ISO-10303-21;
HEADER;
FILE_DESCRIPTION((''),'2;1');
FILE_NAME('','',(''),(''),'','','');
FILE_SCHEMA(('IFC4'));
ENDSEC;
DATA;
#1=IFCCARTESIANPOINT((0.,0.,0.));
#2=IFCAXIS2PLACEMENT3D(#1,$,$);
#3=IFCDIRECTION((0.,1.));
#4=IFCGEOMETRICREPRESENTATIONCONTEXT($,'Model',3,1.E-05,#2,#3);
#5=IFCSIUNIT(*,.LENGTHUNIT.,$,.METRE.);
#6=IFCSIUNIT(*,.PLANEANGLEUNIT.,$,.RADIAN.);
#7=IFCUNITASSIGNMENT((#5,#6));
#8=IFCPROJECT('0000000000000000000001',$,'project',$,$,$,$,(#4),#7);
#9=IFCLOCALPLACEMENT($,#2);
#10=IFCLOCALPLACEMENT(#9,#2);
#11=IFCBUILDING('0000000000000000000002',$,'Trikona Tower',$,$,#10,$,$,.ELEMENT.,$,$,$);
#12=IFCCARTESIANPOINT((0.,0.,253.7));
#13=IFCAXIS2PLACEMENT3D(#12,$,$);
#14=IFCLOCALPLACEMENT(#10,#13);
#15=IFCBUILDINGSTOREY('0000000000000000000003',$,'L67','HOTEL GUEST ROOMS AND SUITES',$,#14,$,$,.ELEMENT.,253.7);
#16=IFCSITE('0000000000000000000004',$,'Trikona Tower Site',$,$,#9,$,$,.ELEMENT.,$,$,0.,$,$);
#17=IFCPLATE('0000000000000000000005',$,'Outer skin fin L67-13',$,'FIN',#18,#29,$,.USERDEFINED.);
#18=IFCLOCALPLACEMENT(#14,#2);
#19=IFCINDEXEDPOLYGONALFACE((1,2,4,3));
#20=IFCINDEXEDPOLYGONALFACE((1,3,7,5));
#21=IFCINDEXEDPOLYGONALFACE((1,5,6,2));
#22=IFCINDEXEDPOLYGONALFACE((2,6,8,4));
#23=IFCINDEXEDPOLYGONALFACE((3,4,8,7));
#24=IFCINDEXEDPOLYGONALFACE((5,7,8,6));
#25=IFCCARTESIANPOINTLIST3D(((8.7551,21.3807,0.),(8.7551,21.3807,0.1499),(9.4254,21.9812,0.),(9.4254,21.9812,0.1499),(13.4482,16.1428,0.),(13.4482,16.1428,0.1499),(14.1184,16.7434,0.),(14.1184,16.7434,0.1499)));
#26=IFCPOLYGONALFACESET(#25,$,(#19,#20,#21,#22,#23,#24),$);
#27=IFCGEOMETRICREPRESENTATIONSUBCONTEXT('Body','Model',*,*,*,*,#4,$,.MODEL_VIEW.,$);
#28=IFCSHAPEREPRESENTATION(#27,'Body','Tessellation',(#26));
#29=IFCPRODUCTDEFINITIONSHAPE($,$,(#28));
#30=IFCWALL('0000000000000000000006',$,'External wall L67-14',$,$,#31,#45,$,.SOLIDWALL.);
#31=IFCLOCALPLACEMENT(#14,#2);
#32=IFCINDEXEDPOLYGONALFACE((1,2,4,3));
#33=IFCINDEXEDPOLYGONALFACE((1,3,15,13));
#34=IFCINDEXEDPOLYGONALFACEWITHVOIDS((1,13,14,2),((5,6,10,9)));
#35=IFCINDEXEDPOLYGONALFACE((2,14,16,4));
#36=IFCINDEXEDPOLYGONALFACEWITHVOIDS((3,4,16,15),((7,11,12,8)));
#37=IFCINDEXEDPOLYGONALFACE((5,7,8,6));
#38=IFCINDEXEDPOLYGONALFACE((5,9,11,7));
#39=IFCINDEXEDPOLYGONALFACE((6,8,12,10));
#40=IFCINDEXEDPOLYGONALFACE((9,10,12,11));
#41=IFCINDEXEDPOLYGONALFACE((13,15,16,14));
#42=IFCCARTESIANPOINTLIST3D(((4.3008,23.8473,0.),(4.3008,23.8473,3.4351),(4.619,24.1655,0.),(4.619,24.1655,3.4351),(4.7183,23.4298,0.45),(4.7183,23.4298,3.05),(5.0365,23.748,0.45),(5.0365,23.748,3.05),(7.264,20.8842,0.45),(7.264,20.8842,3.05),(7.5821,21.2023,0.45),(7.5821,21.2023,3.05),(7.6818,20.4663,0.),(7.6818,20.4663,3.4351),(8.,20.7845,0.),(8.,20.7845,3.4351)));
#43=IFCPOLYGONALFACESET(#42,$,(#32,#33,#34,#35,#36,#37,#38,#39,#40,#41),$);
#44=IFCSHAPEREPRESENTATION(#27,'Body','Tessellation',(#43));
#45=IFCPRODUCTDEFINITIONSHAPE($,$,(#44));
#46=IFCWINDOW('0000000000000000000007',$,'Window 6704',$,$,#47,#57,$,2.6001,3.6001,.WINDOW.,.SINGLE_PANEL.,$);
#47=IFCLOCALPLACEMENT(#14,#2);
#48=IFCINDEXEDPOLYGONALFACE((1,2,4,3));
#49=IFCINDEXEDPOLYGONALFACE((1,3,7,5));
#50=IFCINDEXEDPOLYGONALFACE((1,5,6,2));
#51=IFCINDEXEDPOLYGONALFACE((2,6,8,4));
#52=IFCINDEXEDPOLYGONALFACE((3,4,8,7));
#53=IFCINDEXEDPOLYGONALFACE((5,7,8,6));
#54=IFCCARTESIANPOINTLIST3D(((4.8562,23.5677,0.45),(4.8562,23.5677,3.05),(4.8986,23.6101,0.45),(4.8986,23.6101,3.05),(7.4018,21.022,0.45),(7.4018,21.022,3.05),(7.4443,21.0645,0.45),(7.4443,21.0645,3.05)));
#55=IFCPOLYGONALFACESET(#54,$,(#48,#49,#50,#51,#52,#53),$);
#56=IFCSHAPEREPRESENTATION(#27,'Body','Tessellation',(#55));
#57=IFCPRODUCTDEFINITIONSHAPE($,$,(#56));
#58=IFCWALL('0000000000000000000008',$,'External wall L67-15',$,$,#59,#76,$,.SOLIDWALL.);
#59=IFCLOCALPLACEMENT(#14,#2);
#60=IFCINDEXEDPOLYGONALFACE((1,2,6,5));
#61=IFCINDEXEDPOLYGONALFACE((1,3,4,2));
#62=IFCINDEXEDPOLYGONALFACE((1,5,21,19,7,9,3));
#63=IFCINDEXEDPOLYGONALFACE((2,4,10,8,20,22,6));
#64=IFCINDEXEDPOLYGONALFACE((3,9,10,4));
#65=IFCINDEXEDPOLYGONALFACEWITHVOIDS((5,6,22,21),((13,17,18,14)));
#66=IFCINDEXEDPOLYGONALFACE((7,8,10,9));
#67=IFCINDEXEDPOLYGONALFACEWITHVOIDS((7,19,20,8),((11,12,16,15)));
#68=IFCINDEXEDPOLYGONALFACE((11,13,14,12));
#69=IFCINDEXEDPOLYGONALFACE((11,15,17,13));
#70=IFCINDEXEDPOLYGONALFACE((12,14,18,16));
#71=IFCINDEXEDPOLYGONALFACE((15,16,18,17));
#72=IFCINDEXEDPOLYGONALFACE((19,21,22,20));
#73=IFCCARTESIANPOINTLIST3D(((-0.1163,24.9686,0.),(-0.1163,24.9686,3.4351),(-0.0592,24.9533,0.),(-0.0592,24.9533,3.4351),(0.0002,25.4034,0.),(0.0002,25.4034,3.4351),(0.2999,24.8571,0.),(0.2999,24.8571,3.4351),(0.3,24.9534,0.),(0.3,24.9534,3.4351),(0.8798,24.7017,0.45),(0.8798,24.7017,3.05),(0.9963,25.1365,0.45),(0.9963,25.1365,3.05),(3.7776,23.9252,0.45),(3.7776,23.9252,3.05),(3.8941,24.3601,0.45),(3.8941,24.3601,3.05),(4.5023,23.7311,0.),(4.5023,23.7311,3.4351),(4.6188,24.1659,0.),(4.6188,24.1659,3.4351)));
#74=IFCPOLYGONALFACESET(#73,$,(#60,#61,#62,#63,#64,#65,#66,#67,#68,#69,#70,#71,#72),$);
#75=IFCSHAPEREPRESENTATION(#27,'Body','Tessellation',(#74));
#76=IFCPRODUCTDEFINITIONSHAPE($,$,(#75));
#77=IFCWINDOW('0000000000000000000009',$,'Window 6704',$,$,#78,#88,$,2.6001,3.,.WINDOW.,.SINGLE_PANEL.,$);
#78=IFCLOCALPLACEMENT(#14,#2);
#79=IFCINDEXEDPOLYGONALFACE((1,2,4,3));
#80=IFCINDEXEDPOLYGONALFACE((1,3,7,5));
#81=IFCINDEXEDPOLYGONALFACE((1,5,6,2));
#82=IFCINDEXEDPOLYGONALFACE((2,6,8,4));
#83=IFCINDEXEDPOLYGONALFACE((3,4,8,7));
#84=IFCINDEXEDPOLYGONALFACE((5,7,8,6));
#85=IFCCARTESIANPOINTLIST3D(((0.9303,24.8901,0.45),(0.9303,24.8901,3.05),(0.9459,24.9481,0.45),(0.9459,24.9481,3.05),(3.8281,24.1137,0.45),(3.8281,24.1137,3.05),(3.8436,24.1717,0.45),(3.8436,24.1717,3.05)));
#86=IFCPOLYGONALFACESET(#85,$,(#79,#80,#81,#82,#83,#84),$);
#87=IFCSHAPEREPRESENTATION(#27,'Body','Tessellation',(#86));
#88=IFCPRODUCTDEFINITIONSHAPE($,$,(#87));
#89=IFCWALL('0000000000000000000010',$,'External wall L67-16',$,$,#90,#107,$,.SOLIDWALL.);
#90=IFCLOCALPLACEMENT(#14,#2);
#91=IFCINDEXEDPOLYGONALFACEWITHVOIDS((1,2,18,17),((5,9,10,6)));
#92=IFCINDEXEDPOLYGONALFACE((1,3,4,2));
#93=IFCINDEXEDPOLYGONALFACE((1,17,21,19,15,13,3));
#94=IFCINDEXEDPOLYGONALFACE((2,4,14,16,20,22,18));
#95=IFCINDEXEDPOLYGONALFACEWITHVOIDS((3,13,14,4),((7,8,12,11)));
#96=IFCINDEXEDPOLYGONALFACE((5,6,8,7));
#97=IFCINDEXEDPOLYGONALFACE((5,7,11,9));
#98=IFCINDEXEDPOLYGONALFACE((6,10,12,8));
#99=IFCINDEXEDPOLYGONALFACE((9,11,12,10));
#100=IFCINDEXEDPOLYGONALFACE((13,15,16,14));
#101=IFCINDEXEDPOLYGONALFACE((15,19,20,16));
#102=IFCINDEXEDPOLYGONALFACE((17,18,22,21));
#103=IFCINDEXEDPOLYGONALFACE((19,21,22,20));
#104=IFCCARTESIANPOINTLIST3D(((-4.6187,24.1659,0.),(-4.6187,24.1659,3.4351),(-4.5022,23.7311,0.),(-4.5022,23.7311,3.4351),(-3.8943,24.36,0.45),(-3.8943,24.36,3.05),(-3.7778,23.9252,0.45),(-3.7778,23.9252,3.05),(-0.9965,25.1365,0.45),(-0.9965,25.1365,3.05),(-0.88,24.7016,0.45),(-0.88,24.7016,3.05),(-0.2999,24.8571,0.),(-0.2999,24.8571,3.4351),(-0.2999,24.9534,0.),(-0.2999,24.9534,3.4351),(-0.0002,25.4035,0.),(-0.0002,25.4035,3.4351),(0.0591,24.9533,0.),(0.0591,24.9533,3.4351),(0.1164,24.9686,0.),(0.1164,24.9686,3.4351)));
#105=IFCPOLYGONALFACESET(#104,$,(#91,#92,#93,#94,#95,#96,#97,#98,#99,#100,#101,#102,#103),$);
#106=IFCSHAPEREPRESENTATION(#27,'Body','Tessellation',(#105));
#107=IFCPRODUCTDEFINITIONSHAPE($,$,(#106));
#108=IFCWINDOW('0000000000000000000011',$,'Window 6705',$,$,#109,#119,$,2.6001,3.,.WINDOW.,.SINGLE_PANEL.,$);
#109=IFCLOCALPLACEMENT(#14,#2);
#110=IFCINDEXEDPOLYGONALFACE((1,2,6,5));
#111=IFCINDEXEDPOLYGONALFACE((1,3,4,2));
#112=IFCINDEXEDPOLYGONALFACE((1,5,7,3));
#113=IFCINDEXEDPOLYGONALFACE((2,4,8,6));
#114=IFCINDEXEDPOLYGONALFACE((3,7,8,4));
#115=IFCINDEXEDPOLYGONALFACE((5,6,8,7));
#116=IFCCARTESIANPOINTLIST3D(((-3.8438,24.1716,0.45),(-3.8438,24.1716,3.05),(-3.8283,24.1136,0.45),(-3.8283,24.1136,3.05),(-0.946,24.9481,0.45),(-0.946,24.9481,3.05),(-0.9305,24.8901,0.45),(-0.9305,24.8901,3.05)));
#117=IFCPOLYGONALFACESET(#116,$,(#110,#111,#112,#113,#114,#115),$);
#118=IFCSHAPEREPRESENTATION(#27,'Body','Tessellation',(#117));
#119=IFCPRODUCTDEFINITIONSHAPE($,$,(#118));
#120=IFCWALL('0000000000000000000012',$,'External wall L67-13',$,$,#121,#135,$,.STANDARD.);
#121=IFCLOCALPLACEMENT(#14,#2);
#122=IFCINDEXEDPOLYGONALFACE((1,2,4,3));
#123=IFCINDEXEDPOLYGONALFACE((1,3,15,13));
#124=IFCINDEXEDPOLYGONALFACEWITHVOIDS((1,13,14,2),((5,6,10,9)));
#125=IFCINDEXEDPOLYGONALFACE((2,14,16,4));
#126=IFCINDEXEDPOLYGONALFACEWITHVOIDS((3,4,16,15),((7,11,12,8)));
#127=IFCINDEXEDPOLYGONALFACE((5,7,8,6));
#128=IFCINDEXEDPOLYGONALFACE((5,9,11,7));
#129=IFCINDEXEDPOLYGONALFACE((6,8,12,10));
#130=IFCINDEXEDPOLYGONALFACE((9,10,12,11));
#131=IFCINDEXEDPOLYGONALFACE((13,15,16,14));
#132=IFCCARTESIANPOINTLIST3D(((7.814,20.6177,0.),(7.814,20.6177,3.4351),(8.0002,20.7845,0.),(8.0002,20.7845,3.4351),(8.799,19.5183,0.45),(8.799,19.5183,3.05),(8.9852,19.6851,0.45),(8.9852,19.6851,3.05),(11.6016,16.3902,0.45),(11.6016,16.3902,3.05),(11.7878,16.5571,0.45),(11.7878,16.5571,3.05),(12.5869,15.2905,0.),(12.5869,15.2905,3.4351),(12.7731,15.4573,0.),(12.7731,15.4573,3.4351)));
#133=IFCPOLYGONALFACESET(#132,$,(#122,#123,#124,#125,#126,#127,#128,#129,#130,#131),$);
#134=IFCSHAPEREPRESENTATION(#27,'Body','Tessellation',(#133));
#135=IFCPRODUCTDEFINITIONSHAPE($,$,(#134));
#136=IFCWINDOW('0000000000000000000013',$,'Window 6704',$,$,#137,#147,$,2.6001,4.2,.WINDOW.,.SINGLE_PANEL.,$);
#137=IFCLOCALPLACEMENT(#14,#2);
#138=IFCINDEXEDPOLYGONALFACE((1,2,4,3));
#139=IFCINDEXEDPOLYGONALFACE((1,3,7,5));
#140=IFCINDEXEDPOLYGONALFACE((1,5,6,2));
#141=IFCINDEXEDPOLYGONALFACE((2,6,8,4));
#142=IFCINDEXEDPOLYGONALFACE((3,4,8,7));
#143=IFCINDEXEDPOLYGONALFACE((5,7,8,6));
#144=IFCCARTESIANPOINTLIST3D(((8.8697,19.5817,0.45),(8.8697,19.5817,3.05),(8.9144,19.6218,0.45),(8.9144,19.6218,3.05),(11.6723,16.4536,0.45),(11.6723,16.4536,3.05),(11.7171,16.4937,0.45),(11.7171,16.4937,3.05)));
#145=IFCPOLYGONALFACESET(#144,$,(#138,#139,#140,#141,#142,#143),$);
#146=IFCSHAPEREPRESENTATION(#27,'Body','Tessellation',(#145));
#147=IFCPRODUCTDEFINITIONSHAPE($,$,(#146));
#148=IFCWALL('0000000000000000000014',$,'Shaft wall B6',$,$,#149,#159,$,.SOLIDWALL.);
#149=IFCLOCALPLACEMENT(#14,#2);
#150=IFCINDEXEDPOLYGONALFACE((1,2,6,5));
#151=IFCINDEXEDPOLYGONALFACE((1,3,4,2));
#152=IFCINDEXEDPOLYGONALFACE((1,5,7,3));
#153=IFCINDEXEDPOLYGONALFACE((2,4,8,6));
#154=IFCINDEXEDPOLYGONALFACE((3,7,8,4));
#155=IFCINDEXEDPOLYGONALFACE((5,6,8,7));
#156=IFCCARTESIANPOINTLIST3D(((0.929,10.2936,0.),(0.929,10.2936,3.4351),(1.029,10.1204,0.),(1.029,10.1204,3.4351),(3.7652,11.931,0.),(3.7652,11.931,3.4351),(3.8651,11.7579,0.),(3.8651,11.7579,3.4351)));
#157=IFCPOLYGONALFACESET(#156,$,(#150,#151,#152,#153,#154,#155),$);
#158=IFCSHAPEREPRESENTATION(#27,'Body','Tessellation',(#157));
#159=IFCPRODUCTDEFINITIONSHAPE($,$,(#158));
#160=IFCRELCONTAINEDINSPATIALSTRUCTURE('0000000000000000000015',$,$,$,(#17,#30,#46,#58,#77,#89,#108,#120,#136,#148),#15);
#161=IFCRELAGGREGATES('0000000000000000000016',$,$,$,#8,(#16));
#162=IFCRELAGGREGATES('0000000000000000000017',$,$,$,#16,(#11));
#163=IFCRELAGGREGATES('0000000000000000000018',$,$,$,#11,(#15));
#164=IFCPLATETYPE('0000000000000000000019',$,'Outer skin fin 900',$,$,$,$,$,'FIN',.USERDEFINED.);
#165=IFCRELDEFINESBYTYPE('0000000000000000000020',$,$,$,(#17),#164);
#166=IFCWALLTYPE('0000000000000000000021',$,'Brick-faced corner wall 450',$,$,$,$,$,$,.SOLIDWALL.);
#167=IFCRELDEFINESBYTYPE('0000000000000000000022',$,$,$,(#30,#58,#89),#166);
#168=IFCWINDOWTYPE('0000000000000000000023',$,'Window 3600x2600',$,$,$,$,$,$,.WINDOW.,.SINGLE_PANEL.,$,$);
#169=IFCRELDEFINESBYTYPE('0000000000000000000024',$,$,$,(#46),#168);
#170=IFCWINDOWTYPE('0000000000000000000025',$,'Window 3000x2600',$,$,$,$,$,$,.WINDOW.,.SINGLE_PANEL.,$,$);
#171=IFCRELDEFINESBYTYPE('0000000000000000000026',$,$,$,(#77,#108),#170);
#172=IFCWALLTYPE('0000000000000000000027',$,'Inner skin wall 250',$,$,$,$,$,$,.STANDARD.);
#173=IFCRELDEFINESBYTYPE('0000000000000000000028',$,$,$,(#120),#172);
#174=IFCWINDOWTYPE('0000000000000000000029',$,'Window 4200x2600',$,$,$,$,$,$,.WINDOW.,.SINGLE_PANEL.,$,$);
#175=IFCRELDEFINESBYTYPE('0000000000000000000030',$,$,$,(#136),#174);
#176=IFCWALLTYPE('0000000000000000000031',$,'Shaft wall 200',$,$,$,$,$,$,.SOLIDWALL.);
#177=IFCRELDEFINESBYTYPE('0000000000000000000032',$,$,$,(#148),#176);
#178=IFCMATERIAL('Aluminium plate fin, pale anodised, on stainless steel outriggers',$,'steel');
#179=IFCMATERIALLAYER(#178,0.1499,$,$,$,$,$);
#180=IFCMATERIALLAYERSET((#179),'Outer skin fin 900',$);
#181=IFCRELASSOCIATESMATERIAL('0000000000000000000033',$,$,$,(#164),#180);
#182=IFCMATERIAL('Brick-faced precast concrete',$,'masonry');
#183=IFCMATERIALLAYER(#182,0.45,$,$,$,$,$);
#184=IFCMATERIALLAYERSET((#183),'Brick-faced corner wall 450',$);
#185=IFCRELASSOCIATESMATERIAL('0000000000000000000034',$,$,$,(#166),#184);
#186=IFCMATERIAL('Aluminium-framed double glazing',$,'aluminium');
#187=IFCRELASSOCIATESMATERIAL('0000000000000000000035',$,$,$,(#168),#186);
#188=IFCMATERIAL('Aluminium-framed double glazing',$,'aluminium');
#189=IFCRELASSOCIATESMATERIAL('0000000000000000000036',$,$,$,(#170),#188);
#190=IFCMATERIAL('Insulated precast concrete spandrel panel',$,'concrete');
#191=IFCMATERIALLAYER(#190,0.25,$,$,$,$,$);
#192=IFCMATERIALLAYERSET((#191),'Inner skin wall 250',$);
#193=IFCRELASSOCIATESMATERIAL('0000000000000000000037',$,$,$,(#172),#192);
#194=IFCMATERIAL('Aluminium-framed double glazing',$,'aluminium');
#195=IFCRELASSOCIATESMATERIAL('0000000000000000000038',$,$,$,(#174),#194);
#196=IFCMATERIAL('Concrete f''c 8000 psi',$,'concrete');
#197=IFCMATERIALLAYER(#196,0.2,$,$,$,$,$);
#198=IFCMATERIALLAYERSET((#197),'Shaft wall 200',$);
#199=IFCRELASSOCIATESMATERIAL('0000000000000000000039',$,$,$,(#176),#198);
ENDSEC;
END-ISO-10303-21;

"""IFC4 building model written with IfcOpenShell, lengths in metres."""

from ifc_helpers import new_model, si_unit, direction, frame, frame_2d, origin, origin_2d, place, context, subcontext, project, spatial, polyline, rectangle, outline, extrude, material, layer, layer_set, type_object, element, fill, save


model = new_model("IFC4")

# Units and contexts
model_context = context("Model", 3, precision=1e-05, world=origin(), true_north=direction((0.0, 1.0)))
body_context = subcontext(model_context, "Body", "Model", "MODEL_VIEW")
ifc_project = project(units=[si_unit("LENGTHUNIT", "METRE"), si_unit("PLANEANGLEUNIT", "RADIAN")], contexts=[model_context])

# Site, building, storey
site_placement = place(None, origin())
site = spatial("IfcSite", under=ifc_project, at=site_placement, Name="Trikona Tower Site", CompositionType="ELEMENT", RefElevation=0.0)
building_placement = place(site_placement, origin())
building = spatial("IfcBuilding", under=site, at=building_placement, Name="Trikona Tower", CompositionType="ELEMENT")
storey_placement = place(building_placement, frame((0.0, 0.0, 253.7)))
storey = spatial("IfcBuildingStorey", under=building, at=storey_placement, Name="L67", Description="HOTEL GUEST ROOMS AND SUITES", CompositionType="ELEMENT", Elevation=253.7)

# Plate
ifc_material_1 = material(Name="Aluminium plate fin, pale anodised, on stainless steel outriggers", Category="steel")
ifc_layer_1 = layer(ifc_material_1, 0.1499)
ifc_layer_set_1 = layer_set([ifc_layer_1], Name="Outer skin fin 900")
plate_type_1 = type_object("IfcPlateType", Name="Outer skin fin 900", ElementType="FIN", PredefinedType="USERDEFINED", material=ifc_layer_set_1)
plate_1_placement = place(storey_placement, frame((11.4368, 19.062, 0.0), z_axis=(0.0, 0.0, 1.0), x_axis=(-0.667311, 0.744779, 0.0)))
element("IfcPlate", 1, at=plate_1_placement, inside=storey, type_object=plate_type_1, Name="Outer skin fin L67-13", ObjectType="FIN", PredefinedType="USERDEFINED", context=body_context, shape_type="SweptSolid", body=[
    extrude(rectangle(XDim=7.0327, YDim=0.8999, at=origin_2d()), origin(), (0.0, 0.0, 1.0), 0.1499),
])

# Walls, openings, windows
ifc_material_2 = material(Name="Brick-faced precast concrete", Category="masonry")
ifc_layer_2 = layer(ifc_material_2, 0.45)
ifc_layer_set_2 = layer_set([ifc_layer_2], Name="Brick-faced corner wall 450")
wall_type_1 = type_object("IfcWallType", Name="Brick-faced corner wall 450", PredefinedType="SOLIDWALL", material=ifc_layer_set_2)
wall_1_placement = place(storey_placement, frame((7.8408, 20.6255, 0.0), z_axis=(0.0, 0.0, 1.0), x_axis=(-0.707107, 0.707107, 0.0)))
wall_1 = element("IfcWall", 2, at=wall_1_placement, inside=storey, type_object=wall_type_1, Name="External wall L67-14", PredefinedType="SOLIDWALL", context=body_context, shape_type="SweptSolid", body=[
    extrude(rectangle(XDim=4.7815, YDim=0.45, at=frame_2d((2.3906, 0.0))), origin(), (0.0, 0.0, 1.0), 3.4351),
])
opening_1_placement = place(wall_1_placement, frame((0.5908, 0.0, 0.45)))
opening_1 = element("IfcOpeningElement", 3, at=opening_1_placement, cuts=wall_1, PredefinedType="OPENING", context=body_context, shape_type="SweptSolid", body=[
    extrude(rectangle(XDim=3.6001, YDim=2.6001, at=frame_2d((1.8, 1.3))), frame((0.0, 0.2349, 0.0), z_axis=(0.0, -1.0, 0.0), x_axis=(1.0, 0.0, 0.0)), (0.0, 0.0, 1.0), 0.47),
])
ifc_material_3 = material(Name="Aluminium-framed double glazing", Category="aluminium")
window_type_1 = type_object("IfcWindowType", Name="Window 3600x2600", PartitioningType="SINGLE_PANEL", PredefinedType="WINDOW", material=ifc_material_3)
window_1_placement = place(opening_1_placement, origin())
window_1 = element("IfcWindow", 4, at=window_1_placement, inside=storey, type_object=window_type_1, Name="Window 6704", OverallHeight=2.6001, OverallWidth=3.6001, PartitioningType="SINGLE_PANEL", PredefinedType="WINDOW", context=body_context, shape_type="SweptSolid", body=[
    extrude(rectangle(XDim=3.6001, YDim=2.6001, at=frame_2d((1.8, 1.3))), frame((0.0, 0.03, 0.0), z_axis=(0.0, -1.0, 0.0), x_axis=(1.0, 0.0, 0.0)), (0.0, 0.0, 1.0), 0.0601),
])
fill(opening_1, window_1)
wall_2_placement = place(storey_placement, frame((4.5605, 23.9485, 0.0), z_axis=(0.0, 0.0, 1.0), x_axis=(-0.965927, 0.258816, 0.0)))
wall_2 = element("IfcWall", 5, at=wall_2_placement, inside=storey, type_object=wall_type_1, Name="External wall L67-15", PredefinedType="SOLIDWALL", context=body_context, shape_type="SweptSolid", body=[
    extrude(outline(polyline([(4.7815, 0.2251), (4.7224, 0.2251), (4.3755, 0.1321), (4.3506, 0.2251), (0.0, 0.2251), (0.0, -0.2251), (4.7815, -0.2251), (4.7815, 0.2251)])), origin(), (0.0, 0.0, 1.0), 3.4351),
])
opening_2_placement = place(wall_2_placement, frame((0.7502, 0.0, 0.45)))
opening_2 = element("IfcOpeningElement", 6, at=opening_2_placement, cuts=wall_2, PredefinedType="OPENING", context=body_context, shape_type="SweptSolid", body=[
    extrude(rectangle(XDim=3.0, YDim=2.6001, at=frame_2d((1.5, 1.3))), frame((0.0, 0.2349, 0.0), z_axis=(0.0, -1.0, 0.0), x_axis=(1.0, 0.0, 0.0)), (0.0, 0.0, 1.0), 0.47),
])
ifc_material_4 = material(Name="Aluminium-framed double glazing", Category="aluminium")
window_type_2 = type_object("IfcWindowType", Name="Window 3000x2600", PartitioningType="SINGLE_PANEL", PredefinedType="WINDOW", material=ifc_material_4)
window_2_placement = place(opening_2_placement, origin())
window_2 = element("IfcWindow", 7, at=window_2_placement, inside=storey, type_object=window_type_2, Name="Window 6704", OverallHeight=2.6001, OverallWidth=3.0, PartitioningType="SINGLE_PANEL", PredefinedType="WINDOW", context=body_context, shape_type="SweptSolid", body=[
    extrude(rectangle(XDim=3.0, YDim=2.6001, at=frame_2d((1.5, 1.3))), frame((0.0, 0.03, 0.0), z_axis=(0.0, -1.0, 0.0), x_axis=(1.0, 0.0, 0.0)), (0.0, 0.0, 1.0), 0.0601),
])
fill(opening_2, window_2)
wall_3_placement = place(storey_placement, frame((0.0581, 25.186, 0.0), z_axis=(0.0, 0.0, 1.0), x_axis=(-0.965927, -0.258816, 0.0)))
wall_3 = element("IfcWall", 8, at=wall_3_placement, inside=storey, type_object=wall_type_1, Name="External wall L67-16", PredefinedType="SOLIDWALL", context=body_context, shape_type="SweptSolid", body=[
    extrude(outline(polyline([(4.7815, 0.2251), (0.4309, 0.2251), (0.406, 0.1321), (0.0593, 0.2251), (0.0, 0.2251), (0.0, -0.2251), (4.7815, -0.2251), (4.7815, 0.2251)])), origin(), (0.0, 0.0, 1.0), 3.4351),
])
opening_3_placement = place(wall_3_placement, frame((1.0315, 0.0, 0.45)))
opening_3 = element("IfcOpeningElement", 9, at=opening_3_placement, cuts=wall_3, PredefinedType="OPENING", context=body_context, shape_type="SweptSolid", body=[
    extrude(rectangle(XDim=3.0, YDim=2.6001, at=frame_2d((1.5, 1.3))), frame((0.0, 0.2349, 0.0), z_axis=(0.0, -1.0, 0.0), x_axis=(1.0, 0.0, 0.0)), (0.0, 0.0, 1.0), 0.47),
])
window_3_placement = place(opening_3_placement, origin())
window_3 = element("IfcWindow", 10, at=window_3_placement, inside=storey, type_object=window_type_2, Name="Window 6705", OverallHeight=2.6001, OverallWidth=3.0, PartitioningType="SINGLE_PANEL", PredefinedType="WINDOW", context=body_context, shape_type="SweptSolid", body=[
    extrude(rectangle(XDim=3.0, YDim=2.6001, at=frame_2d((1.5, 1.3))), frame((0.0, 0.03, 0.0), z_axis=(0.0, -1.0, 0.0), x_axis=(1.0, 0.0, 0.0)), (0.0, 0.0, 1.0), 0.0601),
])
fill(opening_3, window_3)
ifc_material_5 = material(Name="Insulated precast concrete spandrel panel", Category="concrete")
ifc_layer_3 = layer(ifc_material_5, 0.25)
ifc_layer_set_3 = layer_set([ifc_layer_3], Name="Inner skin wall 250")
wall_type_2 = type_object("IfcWallType", Name="Inner skin wall 250", PredefinedType="STANDARD", material=ifc_layer_set_3)
wall_4_placement = place(storey_placement, frame((12.6799, 15.374, 0.0), z_axis=(0.0, 0.0, 1.0), x_axis=(-0.667304, 0.744786, 0.0)))
wall_4 = element("IfcWall", 11, at=wall_4_placement, inside=storey, type_object=wall_type_2, Name="External wall L67-13", PredefinedType="STANDARD", context=body_context, shape_type="SweptSolid", body=[
    extrude(rectangle(XDim=7.1526, YDim=0.25, at=frame_2d((3.5762, 0.0))), origin(), (0.0, 0.0, 1.0), 3.4351),
])
opening_4_placement = place(wall_4_placement, frame((1.4763, 0.0, 0.45)))
opening_4 = element("IfcOpeningElement", 12, at=opening_4_placement, cuts=wall_4, PredefinedType="OPENING", context=body_context, shape_type="SweptSolid", body=[
    extrude(rectangle(XDim=4.2, YDim=2.6001, at=frame_2d((2.1001, 1.3))), frame((0.0, 0.135, 0.0), z_axis=(0.0, -1.0, 0.0), x_axis=(1.0, 0.0, 0.0)), (0.0, 0.0, 1.0), 0.27),
])
ifc_material_6 = material(Name="Aluminium-framed double glazing", Category="aluminium")
window_type_3 = type_object("IfcWindowType", Name="Window 4200x2600", PartitioningType="SINGLE_PANEL", PredefinedType="WINDOW", material=ifc_material_6)
window_4_placement = place(opening_4_placement, origin())
window_4 = element("IfcWindow", 13, at=window_4_placement, inside=storey, type_object=window_type_3, Name="Window 6704", OverallHeight=2.6001, OverallWidth=4.2, PartitioningType="SINGLE_PANEL", PredefinedType="WINDOW", context=body_context, shape_type="SweptSolid", body=[
    extrude(rectangle(XDim=4.2, YDim=2.6001, at=frame_2d((2.1001, 1.3))), frame((0.0, 0.03, 0.0), z_axis=(0.0, -1.0, 0.0), x_axis=(1.0, 0.0, 0.0)), (0.0, 0.0, 1.0), 0.0601),
])
fill(opening_4, window_4)

# Wall
ifc_material_7 = material(Name="Concrete f'c 8000 psi", Category="concrete")
ifc_layer_4 = layer(ifc_material_7, 0.2)
ifc_layer_set_4 = layer_set([ifc_layer_4], Name="Shaft wall 200")
wall_type_3 = type_object("IfcWallType", Name="Shaft wall 200", PredefinedType="SOLIDWALL", material=ifc_layer_set_4)
wall_5_placement = place(storey_placement, frame((0.979, 10.207, 0.0), z_axis=(0.0, 0.0, 1.0), x_axis=(0.866028, 0.499996, 0.0)))
element("IfcWall", 14, at=wall_5_placement, inside=storey, type_object=wall_type_3, Name="Shaft wall B6", PredefinedType="SOLIDWALL", context=body_context, shape_type="SweptSolid", body=[
    extrude(rectangle(XDim=3.2749, YDim=0.2, at=frame_2d((1.6375, 0.0))), origin(), (0.0, 0.0, 1.0), 3.4351),
])

save(model, "model.ifc")
